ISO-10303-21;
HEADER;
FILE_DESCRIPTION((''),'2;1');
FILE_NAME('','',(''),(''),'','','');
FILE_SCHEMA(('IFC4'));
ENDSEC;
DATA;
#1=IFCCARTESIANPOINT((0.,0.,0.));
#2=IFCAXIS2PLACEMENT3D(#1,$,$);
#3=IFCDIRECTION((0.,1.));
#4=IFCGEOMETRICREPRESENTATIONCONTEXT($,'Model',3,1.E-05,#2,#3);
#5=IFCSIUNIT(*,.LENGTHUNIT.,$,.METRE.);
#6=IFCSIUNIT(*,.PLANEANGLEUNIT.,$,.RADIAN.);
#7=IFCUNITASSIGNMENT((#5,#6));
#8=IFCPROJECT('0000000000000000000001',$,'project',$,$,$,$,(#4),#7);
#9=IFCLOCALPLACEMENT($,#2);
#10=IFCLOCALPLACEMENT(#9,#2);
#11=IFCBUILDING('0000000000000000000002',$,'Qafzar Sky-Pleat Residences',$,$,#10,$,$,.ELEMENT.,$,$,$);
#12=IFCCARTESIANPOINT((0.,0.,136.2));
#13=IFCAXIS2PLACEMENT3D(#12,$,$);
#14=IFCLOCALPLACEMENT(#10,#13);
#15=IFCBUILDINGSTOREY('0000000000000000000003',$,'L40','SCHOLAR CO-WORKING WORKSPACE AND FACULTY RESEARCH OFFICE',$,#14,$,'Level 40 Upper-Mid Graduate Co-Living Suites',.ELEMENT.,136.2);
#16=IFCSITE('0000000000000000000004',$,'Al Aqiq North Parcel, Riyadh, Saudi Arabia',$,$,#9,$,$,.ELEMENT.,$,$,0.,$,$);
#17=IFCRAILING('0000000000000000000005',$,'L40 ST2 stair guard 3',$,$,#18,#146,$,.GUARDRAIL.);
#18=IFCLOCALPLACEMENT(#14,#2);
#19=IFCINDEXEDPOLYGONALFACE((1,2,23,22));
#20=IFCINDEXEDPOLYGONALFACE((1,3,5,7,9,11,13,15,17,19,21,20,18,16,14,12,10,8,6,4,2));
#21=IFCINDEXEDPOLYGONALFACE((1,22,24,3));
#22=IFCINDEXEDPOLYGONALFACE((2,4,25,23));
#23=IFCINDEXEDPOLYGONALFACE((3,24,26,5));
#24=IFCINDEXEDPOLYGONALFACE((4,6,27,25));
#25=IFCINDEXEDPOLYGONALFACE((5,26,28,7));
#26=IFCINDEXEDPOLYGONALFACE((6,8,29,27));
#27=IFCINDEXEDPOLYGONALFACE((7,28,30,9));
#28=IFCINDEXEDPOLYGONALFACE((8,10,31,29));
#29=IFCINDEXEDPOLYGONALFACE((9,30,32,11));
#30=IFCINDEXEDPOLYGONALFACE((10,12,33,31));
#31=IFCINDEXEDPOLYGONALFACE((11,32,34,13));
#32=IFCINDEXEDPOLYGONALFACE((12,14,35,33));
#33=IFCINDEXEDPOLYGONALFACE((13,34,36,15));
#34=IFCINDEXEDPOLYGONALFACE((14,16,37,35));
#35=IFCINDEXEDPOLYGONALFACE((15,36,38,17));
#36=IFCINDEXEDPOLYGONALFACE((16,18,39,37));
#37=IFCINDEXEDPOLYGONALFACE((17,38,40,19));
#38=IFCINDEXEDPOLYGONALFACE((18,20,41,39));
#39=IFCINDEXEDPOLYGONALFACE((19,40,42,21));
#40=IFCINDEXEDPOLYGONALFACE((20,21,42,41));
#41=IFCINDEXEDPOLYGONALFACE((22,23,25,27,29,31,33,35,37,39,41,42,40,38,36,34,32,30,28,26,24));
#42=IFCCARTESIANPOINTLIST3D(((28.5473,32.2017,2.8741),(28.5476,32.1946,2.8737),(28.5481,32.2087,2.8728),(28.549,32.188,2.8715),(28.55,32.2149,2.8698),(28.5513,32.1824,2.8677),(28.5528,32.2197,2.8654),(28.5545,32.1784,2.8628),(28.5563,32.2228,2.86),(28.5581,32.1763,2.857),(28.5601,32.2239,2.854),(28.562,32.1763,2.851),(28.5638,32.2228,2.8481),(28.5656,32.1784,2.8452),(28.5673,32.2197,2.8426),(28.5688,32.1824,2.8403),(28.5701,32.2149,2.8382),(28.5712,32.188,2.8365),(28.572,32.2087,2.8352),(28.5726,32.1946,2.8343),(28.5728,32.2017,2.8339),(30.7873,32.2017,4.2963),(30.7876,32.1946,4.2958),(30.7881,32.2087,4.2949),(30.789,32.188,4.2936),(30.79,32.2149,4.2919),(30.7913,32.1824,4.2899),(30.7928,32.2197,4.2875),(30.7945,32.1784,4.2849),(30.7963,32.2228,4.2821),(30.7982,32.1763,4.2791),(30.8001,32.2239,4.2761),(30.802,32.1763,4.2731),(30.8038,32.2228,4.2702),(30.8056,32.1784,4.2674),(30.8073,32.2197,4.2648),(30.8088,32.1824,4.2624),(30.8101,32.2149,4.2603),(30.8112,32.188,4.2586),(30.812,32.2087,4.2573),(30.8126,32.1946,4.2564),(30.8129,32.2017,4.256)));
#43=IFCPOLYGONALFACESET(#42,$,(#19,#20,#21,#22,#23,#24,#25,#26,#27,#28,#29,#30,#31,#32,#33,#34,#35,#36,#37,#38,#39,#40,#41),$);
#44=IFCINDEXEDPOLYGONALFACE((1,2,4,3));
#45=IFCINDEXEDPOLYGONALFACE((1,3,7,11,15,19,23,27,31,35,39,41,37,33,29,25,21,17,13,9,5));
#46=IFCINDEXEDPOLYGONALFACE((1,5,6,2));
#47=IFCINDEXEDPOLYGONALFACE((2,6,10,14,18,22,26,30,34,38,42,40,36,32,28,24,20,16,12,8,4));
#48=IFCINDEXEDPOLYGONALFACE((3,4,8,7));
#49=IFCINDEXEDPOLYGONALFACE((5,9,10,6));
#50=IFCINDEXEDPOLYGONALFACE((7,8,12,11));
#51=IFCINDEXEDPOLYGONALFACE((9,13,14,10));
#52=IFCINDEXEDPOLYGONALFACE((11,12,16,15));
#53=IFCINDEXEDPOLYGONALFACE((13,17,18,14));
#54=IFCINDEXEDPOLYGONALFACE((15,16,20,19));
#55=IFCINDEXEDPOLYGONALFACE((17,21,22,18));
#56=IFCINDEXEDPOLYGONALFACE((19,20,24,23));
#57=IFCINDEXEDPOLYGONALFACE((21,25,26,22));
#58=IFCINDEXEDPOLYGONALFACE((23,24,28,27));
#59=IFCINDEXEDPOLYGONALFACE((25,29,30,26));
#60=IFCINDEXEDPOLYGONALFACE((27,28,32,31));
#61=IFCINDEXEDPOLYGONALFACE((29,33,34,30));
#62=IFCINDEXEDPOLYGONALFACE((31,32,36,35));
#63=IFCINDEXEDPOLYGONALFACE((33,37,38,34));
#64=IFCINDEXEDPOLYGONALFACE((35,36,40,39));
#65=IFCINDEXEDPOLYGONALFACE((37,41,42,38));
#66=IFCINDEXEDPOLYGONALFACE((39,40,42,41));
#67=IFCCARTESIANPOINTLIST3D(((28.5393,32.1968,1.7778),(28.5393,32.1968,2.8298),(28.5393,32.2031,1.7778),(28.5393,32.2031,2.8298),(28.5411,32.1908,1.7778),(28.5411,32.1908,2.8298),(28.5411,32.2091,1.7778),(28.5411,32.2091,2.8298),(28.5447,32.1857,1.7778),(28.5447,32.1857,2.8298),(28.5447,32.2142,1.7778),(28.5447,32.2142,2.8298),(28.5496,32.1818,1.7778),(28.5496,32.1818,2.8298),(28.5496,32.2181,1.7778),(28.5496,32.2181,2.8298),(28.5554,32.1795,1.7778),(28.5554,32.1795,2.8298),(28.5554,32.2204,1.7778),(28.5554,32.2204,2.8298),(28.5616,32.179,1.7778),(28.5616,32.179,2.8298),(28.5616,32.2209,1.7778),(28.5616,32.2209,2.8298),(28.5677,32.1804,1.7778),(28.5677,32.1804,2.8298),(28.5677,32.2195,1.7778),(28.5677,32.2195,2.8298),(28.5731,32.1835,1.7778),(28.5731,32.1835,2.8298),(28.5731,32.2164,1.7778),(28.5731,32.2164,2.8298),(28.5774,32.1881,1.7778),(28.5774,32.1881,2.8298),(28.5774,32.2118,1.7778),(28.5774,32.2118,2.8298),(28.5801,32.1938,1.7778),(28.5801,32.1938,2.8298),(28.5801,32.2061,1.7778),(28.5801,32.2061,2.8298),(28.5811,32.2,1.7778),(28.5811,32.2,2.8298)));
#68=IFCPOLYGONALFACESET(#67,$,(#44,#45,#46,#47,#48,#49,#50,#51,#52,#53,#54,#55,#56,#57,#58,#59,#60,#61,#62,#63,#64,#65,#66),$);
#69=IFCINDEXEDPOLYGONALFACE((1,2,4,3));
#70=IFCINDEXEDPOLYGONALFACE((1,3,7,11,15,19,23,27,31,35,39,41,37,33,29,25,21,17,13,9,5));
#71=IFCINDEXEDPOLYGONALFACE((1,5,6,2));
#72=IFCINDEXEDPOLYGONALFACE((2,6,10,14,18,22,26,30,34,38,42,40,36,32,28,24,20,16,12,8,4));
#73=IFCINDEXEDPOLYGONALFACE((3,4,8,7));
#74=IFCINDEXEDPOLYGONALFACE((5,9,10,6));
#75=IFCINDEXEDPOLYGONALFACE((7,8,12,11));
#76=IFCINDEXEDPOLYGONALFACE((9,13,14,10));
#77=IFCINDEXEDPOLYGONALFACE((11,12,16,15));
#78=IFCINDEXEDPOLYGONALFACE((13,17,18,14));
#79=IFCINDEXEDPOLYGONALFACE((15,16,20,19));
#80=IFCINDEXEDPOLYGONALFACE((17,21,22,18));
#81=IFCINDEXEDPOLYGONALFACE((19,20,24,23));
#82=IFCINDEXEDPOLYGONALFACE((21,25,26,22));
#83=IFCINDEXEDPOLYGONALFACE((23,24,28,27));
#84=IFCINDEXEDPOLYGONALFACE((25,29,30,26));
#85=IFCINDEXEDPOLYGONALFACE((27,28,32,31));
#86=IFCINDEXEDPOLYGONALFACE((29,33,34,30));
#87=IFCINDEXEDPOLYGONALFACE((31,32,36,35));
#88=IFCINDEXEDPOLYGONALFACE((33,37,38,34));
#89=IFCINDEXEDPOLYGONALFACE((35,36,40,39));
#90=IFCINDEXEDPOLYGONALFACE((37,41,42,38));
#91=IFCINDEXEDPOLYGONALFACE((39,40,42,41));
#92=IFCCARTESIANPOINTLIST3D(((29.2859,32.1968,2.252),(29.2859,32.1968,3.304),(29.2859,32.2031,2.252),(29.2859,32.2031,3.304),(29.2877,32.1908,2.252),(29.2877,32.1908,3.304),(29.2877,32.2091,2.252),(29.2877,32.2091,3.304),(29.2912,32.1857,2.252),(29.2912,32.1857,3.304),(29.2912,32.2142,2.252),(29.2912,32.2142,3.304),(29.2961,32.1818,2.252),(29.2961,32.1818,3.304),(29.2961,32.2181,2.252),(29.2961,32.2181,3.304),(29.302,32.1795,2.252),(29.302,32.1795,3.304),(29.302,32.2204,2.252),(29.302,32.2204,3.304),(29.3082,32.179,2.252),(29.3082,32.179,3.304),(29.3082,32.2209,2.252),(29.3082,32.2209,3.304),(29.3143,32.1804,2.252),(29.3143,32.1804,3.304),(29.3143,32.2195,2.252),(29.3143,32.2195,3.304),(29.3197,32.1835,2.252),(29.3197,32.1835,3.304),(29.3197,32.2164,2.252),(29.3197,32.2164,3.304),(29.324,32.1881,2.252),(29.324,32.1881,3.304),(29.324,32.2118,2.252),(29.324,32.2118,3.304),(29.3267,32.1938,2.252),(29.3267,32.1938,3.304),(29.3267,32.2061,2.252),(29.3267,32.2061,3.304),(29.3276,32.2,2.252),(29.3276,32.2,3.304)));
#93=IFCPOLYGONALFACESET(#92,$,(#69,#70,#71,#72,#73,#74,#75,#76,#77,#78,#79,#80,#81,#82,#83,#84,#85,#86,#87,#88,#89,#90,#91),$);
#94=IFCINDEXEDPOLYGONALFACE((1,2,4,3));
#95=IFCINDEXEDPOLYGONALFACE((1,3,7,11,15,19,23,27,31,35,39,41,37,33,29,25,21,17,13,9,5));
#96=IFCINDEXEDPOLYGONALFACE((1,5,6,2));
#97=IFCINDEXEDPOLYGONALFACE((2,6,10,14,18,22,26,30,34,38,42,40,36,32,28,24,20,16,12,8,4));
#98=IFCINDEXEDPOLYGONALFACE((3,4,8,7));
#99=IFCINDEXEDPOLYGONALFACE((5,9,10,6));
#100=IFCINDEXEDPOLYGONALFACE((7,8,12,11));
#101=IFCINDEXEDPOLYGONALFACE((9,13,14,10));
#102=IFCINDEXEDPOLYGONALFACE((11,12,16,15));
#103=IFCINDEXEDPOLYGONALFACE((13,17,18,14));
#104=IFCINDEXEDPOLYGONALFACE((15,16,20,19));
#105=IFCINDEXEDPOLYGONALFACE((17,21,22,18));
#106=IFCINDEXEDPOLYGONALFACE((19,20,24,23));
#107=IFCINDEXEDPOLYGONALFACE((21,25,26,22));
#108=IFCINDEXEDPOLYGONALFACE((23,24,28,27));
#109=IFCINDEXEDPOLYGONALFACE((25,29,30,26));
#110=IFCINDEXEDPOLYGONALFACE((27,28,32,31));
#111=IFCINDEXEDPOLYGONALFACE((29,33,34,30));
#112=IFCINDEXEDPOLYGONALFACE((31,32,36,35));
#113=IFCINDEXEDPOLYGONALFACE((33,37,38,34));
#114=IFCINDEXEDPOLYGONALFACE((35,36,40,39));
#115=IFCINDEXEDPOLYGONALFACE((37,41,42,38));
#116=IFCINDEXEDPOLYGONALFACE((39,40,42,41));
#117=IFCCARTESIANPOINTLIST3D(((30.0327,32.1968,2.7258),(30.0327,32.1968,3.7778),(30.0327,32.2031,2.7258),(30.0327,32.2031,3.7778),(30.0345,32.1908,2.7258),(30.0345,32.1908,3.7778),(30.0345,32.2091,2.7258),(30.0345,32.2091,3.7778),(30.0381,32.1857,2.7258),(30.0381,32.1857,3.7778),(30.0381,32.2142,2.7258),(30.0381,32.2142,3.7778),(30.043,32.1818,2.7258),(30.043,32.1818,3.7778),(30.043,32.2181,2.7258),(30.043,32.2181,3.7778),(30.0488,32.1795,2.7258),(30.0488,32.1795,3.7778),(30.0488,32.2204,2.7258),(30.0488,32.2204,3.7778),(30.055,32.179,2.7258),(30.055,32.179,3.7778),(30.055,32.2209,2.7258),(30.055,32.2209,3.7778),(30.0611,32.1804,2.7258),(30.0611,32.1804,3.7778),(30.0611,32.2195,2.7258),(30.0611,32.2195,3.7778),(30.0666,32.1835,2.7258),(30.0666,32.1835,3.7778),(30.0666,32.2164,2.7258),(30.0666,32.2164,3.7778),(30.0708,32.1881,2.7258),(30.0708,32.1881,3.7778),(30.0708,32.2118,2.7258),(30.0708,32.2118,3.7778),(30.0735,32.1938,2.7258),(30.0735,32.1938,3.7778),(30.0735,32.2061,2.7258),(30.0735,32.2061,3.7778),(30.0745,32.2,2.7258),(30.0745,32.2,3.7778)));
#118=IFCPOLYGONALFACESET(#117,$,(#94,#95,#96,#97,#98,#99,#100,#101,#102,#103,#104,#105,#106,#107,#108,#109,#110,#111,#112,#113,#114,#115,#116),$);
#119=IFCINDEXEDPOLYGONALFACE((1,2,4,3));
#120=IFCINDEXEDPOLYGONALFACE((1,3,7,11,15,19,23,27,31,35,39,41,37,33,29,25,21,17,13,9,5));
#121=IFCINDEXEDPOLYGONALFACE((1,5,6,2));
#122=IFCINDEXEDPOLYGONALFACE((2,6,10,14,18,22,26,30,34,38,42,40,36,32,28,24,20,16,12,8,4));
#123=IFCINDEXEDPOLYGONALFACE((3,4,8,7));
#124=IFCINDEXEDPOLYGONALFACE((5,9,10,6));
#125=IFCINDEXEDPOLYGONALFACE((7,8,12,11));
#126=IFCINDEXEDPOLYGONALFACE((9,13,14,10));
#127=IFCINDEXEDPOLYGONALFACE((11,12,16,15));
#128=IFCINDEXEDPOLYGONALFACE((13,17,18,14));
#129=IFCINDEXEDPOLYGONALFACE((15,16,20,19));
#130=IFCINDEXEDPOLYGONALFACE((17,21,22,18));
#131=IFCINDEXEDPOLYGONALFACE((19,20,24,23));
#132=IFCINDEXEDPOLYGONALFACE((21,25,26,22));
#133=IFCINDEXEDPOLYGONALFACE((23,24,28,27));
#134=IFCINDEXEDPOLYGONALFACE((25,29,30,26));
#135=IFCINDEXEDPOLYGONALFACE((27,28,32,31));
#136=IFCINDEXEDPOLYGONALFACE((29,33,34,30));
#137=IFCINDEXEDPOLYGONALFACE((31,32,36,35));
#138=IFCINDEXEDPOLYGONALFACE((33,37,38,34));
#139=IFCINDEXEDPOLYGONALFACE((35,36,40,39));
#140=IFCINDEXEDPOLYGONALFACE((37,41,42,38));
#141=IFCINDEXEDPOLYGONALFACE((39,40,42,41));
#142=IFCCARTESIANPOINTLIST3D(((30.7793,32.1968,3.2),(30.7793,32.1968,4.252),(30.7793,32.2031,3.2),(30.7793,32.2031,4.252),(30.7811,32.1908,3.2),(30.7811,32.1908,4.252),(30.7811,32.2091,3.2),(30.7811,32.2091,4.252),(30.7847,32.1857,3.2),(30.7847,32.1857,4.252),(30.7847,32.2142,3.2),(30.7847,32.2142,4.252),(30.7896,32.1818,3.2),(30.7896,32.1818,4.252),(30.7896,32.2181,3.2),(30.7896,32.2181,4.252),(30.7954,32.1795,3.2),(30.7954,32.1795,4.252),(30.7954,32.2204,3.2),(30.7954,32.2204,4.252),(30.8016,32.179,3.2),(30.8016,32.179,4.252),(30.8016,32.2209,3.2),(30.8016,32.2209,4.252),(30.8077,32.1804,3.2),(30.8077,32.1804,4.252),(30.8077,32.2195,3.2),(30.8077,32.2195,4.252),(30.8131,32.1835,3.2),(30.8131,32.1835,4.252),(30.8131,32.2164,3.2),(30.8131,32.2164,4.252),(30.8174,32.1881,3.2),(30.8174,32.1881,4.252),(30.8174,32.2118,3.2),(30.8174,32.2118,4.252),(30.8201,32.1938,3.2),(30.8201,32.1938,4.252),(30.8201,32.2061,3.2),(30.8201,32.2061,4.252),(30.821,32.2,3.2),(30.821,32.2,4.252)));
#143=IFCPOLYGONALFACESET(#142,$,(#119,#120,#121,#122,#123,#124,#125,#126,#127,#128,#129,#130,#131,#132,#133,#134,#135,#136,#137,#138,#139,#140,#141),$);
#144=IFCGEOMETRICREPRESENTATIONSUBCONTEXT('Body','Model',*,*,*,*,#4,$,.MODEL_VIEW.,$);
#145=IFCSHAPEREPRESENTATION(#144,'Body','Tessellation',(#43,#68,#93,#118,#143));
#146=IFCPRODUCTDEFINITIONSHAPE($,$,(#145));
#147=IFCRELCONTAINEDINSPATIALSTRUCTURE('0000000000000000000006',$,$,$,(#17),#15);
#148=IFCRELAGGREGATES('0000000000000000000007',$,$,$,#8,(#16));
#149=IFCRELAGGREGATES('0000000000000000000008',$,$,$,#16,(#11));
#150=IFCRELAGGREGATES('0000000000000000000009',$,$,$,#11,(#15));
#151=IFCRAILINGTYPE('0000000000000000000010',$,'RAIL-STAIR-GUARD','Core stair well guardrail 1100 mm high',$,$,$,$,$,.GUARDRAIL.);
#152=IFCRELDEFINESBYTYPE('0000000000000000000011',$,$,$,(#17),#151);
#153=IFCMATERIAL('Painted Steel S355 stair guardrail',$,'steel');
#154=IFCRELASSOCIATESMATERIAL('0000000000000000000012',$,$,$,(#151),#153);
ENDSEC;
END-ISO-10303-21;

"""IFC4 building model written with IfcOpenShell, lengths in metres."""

from ifc_helpers import new_model, si_unit, direction, frame, origin, origin_2d, place, context, subcontext, project, spatial, circle, extrude, source, transform, mapped, material, type_object, element, save


model = new_model("IFC4")

# Units and contexts
model_context = context("Model", 3, precision=1e-05, world=origin(), true_north=direction((0.0, 1.0)))
body_context = subcontext(model_context, "Body", "Model", "MODEL_VIEW")
ifc_project = project(units=[si_unit("LENGTHUNIT", "METRE"), si_unit("PLANEANGLEUNIT", "RADIAN")], contexts=[model_context])

# Site, building, storey
site_placement = place(None, origin())
site = spatial("IfcSite", under=ifc_project, at=site_placement, Name="Al Aqiq North Parcel, Riyadh, Saudi Arabia", CompositionType="ELEMENT", RefElevation=0.0)
building_placement = place(site_placement, origin())
building = spatial("IfcBuilding", under=site, at=building_placement, Name="Qafzar Sky-Pleat Residences", CompositionType="ELEMENT")
storey_placement = place(building_placement, frame((0.0, 0.0, 136.2)))
storey = spatial("IfcBuildingStorey", under=building, at=storey_placement, Name="L40", Description="SCHOLAR CO-WORKING WORKSPACE AND FACULTY RESEARCH OFFICE", LongName="Level 40 Upper-Mid Graduate Co-Living Suites", CompositionType="ELEMENT", Elevation=136.2)

# Railing
ifc_material_1 = material(Name="Painted Steel S355 stair guardrail", Category="steel")
railing_type_1 = type_object("IfcRailingType", Name="RAIL-STAIR-GUARD", Description="Core stair well guardrail 1100 mm high", PredefinedType="GUARDRAIL", material=ifc_material_1)
shared_shape_1 = source(origin(), body_context, "Body", "SweptSolid", [
    extrude(circle(Radius=0.0239, at=origin_2d()), frame((0.0, 0.0, 1.0762), z_axis=(0.844229, 0.0, 0.535982), x_axis=(0.0, 1.0, 0.0)), (0.0, 0.0, 1.0), 2.6533),
    extrude(circle(Radius=0.021, at=origin_2d()), origin(), (0.0, 0.0, 1.0), 1.052),
    extrude(circle(Radius=0.021, at=origin_2d()), frame((0.7466, 0.0, 0.4741)), (0.0, 0.0, 1.0), 1.052),
    extrude(circle(Radius=0.021, at=origin_2d()), frame((1.4934, 0.0, 0.948)), (0.0, 0.0, 1.0), 1.052),
    extrude(circle(Radius=0.021, at=origin_2d()), frame((2.24, 0.0, 1.4221)), (0.0, 0.0, 1.0), 1.052),
])
railing_1_placement = place(storey_placement, frame((28.5601, 32.2, 1.7778)))
element("IfcRailing", 1, at=railing_1_placement, inside=storey, type_object=railing_type_1, Name="L40 ST2 stair guard 3", PredefinedType="GUARDRAIL", context=body_context, shape_type="MappedRepresentation", body=[
    mapped(shared_shape_1, transform((0.0, 0.0, 0.0), x_axis=(1.0, 0.0, 0.0), y_axis=(0.0, 1.0, 0.0), z_axis=(0.0, 0.0, 1.0), scale=1.0)),
])

save(model, "model.ifc")
